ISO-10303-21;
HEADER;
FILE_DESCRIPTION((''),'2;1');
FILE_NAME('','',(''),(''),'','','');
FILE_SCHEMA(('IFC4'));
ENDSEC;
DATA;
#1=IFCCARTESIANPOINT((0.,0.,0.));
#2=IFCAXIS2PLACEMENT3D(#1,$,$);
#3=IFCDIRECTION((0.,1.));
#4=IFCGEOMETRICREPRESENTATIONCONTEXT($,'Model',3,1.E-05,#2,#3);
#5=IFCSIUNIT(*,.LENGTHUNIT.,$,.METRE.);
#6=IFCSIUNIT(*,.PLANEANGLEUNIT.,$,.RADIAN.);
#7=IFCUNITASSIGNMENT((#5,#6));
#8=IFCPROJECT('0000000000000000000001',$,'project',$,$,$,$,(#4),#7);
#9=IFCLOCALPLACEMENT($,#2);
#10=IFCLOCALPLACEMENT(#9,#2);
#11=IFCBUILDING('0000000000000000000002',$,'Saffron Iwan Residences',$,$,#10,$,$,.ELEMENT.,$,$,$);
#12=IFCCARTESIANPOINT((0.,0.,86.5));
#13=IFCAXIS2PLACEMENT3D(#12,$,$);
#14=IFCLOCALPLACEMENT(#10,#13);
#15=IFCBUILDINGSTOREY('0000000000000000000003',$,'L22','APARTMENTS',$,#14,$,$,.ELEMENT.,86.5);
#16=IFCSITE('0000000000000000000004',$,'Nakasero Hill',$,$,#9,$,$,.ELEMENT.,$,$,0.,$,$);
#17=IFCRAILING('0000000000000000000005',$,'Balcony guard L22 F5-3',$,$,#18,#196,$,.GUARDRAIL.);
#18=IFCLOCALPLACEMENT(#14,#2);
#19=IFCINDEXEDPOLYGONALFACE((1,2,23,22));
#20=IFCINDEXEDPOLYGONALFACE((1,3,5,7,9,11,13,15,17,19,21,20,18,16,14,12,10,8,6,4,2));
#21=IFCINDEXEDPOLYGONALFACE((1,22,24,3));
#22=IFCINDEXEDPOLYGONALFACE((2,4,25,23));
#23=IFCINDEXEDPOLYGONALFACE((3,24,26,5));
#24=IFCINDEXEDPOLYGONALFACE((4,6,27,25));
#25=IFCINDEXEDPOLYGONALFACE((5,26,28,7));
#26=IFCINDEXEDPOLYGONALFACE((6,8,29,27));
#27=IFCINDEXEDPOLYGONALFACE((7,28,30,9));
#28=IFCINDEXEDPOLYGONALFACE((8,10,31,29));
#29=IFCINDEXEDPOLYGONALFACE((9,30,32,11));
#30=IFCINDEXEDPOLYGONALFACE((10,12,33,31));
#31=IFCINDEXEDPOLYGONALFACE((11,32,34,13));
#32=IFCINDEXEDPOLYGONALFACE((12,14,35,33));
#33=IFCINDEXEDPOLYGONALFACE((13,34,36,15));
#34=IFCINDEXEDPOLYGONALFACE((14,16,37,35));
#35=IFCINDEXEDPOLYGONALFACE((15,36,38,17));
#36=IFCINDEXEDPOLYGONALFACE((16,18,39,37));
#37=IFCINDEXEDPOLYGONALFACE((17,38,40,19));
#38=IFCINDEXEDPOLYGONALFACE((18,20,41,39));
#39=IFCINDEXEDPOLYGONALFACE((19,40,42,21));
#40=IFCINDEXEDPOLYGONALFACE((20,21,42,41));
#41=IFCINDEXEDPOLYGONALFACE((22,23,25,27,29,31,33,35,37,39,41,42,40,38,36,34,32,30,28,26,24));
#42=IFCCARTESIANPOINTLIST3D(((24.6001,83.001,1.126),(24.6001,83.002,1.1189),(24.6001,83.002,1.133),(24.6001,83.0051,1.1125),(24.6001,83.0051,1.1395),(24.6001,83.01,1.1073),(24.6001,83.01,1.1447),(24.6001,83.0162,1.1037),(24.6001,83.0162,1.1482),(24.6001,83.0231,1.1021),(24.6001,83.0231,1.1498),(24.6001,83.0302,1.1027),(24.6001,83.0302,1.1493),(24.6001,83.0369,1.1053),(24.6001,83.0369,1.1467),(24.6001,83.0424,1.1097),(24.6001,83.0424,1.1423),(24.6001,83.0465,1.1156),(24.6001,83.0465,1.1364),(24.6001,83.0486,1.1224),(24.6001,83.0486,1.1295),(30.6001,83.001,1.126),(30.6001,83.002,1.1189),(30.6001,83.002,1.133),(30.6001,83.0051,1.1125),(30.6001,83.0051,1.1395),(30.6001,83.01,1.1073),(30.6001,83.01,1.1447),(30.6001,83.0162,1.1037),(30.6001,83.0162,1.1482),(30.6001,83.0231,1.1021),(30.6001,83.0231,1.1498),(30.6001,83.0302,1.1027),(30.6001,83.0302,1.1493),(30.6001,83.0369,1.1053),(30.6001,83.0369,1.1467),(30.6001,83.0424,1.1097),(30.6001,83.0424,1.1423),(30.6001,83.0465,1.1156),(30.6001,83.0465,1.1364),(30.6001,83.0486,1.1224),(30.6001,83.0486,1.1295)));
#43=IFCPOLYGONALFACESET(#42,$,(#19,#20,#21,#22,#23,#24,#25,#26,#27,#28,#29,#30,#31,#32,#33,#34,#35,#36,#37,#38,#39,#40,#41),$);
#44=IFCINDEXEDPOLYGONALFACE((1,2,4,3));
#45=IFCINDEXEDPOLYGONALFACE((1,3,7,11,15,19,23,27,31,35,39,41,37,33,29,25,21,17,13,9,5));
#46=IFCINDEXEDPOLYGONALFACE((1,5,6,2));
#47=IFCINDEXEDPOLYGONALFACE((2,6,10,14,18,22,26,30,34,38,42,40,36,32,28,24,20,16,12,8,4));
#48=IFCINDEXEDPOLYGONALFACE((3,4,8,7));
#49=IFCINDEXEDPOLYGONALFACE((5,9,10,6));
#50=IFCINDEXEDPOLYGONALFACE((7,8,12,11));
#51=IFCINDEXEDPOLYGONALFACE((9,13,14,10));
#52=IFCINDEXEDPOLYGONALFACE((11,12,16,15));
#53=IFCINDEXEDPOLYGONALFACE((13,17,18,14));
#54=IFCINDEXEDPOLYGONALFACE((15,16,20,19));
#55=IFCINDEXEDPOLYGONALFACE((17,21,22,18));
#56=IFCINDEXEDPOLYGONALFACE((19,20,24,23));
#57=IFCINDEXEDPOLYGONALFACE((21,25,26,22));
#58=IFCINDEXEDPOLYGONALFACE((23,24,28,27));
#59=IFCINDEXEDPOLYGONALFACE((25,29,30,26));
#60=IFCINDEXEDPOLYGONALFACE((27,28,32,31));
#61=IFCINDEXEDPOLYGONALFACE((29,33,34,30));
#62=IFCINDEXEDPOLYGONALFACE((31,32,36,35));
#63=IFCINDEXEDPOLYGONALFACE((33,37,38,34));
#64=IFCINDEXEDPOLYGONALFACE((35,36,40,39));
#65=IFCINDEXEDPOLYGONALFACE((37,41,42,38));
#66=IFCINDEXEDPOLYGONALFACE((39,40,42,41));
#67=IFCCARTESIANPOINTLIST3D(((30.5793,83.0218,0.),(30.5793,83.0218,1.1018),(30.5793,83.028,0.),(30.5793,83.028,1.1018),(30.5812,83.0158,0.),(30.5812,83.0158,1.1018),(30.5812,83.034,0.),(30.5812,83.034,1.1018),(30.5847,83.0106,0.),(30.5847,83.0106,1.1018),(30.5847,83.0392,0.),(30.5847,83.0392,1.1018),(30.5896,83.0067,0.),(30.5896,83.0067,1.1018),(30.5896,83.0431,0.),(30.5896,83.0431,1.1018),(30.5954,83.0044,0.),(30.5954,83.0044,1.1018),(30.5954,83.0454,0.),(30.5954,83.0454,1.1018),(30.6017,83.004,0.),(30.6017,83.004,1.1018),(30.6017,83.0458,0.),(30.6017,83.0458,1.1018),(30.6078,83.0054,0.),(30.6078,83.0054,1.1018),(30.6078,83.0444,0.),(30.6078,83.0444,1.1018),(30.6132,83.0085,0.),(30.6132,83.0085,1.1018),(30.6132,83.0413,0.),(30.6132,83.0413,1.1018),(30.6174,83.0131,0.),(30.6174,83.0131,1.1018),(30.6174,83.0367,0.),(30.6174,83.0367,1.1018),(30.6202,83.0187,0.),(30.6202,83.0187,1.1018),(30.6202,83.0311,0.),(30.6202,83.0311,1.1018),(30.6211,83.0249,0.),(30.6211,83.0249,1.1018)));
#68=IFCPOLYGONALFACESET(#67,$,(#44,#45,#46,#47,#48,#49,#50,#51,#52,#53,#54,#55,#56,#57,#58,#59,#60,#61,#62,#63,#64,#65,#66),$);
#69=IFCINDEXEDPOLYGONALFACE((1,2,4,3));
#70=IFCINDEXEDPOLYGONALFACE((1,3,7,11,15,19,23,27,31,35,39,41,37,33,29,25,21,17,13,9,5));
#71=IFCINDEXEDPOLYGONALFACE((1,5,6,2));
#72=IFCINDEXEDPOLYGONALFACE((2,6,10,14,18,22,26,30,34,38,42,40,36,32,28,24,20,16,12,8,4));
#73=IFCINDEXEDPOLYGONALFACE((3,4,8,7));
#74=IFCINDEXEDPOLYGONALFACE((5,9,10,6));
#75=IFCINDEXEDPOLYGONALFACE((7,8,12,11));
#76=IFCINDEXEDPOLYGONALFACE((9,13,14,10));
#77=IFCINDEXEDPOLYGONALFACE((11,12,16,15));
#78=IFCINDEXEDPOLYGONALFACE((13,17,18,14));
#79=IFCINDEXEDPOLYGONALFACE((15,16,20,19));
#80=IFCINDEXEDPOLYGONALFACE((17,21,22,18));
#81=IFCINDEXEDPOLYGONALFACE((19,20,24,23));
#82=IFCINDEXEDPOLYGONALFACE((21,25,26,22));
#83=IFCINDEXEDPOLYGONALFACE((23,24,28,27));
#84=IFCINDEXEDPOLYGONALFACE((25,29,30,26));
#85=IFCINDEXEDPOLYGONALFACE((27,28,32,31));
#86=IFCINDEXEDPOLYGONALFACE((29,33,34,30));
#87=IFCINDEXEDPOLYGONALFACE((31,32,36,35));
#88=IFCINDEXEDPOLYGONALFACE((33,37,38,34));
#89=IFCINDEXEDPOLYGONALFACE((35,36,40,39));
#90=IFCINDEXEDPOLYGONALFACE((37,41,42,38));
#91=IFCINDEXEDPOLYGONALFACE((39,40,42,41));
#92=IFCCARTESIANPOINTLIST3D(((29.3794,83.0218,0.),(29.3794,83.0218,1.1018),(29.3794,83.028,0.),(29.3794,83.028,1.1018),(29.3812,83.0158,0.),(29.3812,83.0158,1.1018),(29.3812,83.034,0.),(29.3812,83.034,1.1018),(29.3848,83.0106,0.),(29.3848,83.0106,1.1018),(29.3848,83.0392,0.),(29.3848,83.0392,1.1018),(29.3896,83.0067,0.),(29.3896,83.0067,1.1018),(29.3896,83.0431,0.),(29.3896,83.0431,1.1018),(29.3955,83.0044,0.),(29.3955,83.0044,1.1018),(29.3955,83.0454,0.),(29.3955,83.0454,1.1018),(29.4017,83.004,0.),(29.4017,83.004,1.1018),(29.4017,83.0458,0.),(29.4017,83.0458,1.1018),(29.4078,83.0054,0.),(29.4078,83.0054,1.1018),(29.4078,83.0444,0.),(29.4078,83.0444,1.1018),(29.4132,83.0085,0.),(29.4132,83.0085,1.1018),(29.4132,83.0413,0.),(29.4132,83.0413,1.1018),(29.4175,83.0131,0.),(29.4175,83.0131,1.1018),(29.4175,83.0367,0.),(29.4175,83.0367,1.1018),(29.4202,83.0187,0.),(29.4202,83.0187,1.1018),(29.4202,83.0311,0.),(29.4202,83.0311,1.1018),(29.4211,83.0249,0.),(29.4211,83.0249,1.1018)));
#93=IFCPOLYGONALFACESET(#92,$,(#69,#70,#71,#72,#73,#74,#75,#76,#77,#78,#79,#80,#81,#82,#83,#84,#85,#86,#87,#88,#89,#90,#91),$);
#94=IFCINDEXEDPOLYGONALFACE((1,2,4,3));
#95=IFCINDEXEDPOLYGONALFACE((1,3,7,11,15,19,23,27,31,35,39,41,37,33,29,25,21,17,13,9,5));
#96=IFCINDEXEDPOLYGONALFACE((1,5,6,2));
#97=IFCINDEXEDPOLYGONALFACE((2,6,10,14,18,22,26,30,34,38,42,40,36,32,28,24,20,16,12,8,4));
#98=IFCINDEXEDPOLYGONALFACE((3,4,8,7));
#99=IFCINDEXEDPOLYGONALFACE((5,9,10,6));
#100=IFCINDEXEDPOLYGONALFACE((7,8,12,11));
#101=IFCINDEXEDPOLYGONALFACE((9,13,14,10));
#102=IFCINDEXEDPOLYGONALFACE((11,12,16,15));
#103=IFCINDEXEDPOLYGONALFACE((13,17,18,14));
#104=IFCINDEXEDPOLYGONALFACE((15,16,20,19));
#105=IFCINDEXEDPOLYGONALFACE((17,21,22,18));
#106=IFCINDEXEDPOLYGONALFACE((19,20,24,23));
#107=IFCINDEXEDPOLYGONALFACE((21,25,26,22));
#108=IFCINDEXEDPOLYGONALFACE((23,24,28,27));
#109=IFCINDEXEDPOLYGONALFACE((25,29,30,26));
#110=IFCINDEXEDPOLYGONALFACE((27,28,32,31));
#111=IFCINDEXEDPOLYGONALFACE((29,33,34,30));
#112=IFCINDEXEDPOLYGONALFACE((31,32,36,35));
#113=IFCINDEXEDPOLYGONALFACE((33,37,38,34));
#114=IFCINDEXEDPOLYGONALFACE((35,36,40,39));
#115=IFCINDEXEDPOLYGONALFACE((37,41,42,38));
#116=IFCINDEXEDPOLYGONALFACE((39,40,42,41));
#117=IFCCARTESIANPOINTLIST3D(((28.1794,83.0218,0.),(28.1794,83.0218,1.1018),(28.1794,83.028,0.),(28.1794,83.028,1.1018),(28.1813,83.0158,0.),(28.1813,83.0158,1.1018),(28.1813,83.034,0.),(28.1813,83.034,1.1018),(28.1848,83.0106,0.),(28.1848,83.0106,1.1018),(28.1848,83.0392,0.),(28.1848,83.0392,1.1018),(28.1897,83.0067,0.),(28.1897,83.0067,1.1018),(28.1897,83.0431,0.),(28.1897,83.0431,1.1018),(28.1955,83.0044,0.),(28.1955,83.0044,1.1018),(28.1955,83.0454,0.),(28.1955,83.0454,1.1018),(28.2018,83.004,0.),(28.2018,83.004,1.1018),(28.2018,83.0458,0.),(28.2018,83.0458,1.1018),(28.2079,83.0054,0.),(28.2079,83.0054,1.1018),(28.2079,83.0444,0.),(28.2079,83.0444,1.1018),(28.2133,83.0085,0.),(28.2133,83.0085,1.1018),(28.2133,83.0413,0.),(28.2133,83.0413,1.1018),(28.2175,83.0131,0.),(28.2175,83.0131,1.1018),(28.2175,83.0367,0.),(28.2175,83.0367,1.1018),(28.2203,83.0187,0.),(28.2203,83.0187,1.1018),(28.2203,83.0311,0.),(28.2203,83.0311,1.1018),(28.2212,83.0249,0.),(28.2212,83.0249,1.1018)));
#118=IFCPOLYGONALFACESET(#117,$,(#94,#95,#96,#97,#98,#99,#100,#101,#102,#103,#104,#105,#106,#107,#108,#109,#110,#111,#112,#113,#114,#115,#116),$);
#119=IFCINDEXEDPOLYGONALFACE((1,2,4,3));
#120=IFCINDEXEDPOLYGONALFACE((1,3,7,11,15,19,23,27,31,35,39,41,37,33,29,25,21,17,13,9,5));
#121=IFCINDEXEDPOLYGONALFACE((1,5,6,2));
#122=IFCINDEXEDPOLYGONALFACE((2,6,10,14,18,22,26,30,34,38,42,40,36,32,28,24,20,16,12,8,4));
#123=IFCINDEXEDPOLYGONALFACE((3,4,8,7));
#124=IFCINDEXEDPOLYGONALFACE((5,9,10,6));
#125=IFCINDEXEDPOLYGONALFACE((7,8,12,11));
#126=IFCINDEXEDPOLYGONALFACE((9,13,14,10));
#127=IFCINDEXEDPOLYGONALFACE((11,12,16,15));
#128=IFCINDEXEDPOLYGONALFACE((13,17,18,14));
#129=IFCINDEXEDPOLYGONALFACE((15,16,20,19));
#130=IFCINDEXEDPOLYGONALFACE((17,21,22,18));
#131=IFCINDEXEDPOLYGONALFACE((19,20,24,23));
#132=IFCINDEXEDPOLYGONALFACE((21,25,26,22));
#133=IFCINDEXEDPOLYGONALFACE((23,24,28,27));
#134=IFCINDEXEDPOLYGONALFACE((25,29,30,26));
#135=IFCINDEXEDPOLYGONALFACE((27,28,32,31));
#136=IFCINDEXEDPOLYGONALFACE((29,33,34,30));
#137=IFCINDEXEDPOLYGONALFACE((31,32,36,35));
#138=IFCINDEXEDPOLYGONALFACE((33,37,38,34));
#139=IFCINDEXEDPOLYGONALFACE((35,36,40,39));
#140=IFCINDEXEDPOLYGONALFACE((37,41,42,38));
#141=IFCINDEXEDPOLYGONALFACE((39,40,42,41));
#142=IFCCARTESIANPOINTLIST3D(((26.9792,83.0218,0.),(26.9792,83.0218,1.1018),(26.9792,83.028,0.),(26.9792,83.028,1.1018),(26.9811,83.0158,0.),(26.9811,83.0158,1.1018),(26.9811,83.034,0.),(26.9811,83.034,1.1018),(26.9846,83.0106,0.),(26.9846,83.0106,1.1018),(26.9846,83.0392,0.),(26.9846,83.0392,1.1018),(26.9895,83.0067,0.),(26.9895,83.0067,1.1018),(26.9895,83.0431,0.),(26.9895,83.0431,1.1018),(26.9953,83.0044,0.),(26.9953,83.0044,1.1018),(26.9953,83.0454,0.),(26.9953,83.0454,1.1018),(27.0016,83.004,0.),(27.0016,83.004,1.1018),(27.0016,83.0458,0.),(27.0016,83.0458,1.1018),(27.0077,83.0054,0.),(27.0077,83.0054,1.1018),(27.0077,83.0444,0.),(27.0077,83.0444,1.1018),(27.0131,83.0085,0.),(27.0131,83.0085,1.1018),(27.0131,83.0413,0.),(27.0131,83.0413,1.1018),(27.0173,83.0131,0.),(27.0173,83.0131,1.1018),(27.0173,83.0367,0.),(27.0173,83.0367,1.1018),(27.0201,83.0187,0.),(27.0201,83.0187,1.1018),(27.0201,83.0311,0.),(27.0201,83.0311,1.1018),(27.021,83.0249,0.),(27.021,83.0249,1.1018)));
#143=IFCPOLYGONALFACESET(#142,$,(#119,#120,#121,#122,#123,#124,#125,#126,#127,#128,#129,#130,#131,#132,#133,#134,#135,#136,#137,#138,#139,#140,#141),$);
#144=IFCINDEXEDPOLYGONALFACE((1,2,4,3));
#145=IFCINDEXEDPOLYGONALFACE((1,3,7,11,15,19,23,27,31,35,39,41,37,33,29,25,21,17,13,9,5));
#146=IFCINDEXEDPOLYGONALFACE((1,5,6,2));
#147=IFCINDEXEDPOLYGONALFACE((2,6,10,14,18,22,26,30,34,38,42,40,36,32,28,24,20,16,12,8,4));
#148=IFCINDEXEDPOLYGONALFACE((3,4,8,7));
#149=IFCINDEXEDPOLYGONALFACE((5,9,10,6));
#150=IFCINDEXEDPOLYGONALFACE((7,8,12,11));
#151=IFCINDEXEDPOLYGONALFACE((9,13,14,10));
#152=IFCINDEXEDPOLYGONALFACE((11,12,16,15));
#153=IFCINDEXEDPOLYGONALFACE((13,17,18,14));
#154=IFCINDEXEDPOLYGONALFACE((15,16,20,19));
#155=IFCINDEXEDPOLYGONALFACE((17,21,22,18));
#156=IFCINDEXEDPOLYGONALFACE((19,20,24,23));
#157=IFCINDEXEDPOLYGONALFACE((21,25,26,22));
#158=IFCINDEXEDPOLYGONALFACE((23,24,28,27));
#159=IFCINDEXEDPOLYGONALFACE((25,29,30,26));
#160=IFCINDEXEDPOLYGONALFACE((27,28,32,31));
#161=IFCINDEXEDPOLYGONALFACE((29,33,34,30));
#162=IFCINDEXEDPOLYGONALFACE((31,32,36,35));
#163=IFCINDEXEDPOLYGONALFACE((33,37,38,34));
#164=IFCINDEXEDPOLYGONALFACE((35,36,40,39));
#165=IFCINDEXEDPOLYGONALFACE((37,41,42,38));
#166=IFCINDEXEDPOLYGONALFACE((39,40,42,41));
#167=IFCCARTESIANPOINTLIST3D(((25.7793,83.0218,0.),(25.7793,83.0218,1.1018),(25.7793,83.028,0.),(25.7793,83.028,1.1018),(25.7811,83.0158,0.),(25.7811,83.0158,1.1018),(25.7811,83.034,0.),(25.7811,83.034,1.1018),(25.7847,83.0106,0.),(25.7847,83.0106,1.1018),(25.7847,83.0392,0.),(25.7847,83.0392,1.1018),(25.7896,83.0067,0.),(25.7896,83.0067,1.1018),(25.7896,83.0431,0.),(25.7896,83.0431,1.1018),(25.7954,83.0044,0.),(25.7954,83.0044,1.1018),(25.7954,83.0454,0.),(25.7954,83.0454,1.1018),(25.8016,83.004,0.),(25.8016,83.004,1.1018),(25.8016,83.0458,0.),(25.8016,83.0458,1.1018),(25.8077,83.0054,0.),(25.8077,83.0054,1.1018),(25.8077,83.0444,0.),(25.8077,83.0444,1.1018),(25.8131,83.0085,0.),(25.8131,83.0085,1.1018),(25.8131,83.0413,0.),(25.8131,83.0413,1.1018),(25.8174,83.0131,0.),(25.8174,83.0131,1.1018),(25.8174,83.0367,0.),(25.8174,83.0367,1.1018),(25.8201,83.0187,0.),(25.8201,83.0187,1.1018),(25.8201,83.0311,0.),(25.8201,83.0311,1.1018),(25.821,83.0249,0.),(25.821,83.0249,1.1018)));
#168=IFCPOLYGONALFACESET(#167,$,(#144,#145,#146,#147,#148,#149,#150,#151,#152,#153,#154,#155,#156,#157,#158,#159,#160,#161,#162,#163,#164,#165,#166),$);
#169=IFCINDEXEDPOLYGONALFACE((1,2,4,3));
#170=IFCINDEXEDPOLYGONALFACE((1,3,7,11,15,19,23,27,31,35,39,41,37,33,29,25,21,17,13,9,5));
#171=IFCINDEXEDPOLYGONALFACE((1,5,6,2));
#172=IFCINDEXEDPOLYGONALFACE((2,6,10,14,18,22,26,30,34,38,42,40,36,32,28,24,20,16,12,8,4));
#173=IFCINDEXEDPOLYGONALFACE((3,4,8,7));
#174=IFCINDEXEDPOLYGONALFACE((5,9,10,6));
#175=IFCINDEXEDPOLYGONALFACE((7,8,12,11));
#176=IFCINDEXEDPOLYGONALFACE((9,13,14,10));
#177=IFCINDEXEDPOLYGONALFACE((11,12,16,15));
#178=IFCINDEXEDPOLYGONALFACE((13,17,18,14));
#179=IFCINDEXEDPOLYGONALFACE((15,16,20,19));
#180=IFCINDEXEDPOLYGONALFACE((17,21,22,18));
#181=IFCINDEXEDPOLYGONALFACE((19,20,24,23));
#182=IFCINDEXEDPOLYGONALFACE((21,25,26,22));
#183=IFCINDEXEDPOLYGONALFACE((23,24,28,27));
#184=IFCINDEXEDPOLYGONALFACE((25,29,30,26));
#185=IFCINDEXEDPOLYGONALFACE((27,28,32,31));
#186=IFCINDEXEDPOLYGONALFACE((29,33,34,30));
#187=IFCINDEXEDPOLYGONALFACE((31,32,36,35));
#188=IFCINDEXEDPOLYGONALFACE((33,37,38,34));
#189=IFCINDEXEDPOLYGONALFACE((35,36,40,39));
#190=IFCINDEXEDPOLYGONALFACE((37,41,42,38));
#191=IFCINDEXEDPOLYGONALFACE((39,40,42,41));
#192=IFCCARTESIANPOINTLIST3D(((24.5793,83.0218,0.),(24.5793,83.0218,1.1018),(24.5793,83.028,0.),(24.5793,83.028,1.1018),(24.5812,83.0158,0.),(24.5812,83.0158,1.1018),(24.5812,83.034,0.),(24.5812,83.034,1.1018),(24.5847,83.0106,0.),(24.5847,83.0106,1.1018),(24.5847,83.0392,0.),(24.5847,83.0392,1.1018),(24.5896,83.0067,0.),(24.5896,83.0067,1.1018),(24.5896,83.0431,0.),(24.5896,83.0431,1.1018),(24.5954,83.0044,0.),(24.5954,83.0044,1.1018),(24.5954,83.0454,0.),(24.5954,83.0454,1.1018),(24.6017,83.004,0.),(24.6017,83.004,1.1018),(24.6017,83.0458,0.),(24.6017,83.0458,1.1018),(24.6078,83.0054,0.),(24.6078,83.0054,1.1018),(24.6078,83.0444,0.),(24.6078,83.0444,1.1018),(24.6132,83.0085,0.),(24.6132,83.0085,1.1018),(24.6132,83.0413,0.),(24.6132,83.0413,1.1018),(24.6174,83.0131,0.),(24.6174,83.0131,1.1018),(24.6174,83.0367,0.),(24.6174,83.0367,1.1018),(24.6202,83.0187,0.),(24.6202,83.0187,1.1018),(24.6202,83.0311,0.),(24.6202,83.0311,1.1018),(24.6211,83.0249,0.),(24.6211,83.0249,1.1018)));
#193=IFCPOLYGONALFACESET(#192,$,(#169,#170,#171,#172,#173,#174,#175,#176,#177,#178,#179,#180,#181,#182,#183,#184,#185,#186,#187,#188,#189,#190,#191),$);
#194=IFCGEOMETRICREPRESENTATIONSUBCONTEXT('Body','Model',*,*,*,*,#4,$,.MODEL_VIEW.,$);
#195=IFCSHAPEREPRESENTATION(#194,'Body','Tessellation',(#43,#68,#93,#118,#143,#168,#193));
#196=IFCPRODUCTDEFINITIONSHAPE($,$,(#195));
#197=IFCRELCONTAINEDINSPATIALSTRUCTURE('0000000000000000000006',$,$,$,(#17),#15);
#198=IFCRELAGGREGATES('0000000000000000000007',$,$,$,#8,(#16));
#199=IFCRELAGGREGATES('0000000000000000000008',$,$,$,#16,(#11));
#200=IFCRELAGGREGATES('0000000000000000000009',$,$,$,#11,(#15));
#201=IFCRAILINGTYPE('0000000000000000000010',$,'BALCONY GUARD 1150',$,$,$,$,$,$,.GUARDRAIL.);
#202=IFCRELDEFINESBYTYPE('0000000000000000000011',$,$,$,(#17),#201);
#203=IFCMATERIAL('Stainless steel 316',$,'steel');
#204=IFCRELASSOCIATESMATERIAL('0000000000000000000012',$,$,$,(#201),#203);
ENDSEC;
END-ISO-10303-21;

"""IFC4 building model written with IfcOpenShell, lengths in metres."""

from ifc_helpers import new_model, si_unit, direction, frame, origin, origin_2d, place, context, subcontext, project, spatial, circle, extrude, material, type_object, element, save


model = new_model("IFC4")

# Units and contexts
model_context = context("Model", 3, precision=1e-05, world=origin(), true_north=direction((0.0, 1.0)))
body_context = subcontext(model_context, "Body", "Model", "MODEL_VIEW")
ifc_project = project(units=[si_unit("LENGTHUNIT", "METRE"), si_unit("PLANEANGLEUNIT", "RADIAN")], contexts=[model_context])

# Site, building, storey
site_placement = place(None, origin())
site = spatial("IfcSite", under=ifc_project, at=site_placement, Name="Nakasero Hill", CompositionType="ELEMENT", RefElevation=0.0)
building_placement = place(site_placement, origin())
building = spatial("IfcBuilding", under=site, at=building_placement, Name="Saffron Iwan Residences", CompositionType="ELEMENT")
storey_placement = place(building_placement, frame((0.0, 0.0, 86.5)))
storey = spatial("IfcBuildingStorey", under=building, at=storey_placement, Name="L22", Description="APARTMENTS", CompositionType="ELEMENT", Elevation=86.5)

# Railing
ifc_material_1 = material(Name="Stainless steel 316", Category="steel")
railing_type = type_object("IfcRailingType", Name="BALCONY GUARD 1150", PredefinedType="GUARDRAIL", material=ifc_material_1)
railing_placement = place(storey_placement, frame((30.6001, 83.0249, 0.0)))
element("IfcRailing", 1, at=railing_placement, inside=storey, type_object=railing_type, Name="Balcony guard L22 F5-3", PredefinedType="GUARDRAIL", context=body_context, shape_type="SweptSolid", body=[
    extrude(circle(Radius=0.0239, at=origin_2d()), frame((0.0, 0.0, 1.126), z_axis=(-1.0, 0.0, 0.0), x_axis=(0.0, -1.0, 0.0)), (0.0, 0.0, 1.0), 6.0),
    extrude(circle(Radius=0.021, at=origin_2d()), origin(), (0.0, 0.0, 1.0), 1.1018),
    extrude(circle(Radius=0.021, at=origin_2d()), frame((-1.2, 0.0, 0.0)), (0.0, 0.0, 1.0), 1.1018),
    extrude(circle(Radius=0.021, at=origin_2d()), frame((-2.3999, 0.0, 0.0)), (0.0, 0.0, 1.0), 1.1018),
    extrude(circle(Radius=0.021, at=origin_2d()), frame((-3.6001, 0.0, 0.0)), (0.0, 0.0, 1.0), 1.1018),
    extrude(circle(Radius=0.021, at=origin_2d()), frame((-4.8, 0.0, 0.0)), (0.0, 0.0, 1.0), 1.1018),
    extrude(circle(Radius=0.021, at=origin_2d()), frame((-6.0, 0.0, 0.0)), (0.0, 0.0, 1.0), 1.1018),
])

save(model, "model.ifc")
